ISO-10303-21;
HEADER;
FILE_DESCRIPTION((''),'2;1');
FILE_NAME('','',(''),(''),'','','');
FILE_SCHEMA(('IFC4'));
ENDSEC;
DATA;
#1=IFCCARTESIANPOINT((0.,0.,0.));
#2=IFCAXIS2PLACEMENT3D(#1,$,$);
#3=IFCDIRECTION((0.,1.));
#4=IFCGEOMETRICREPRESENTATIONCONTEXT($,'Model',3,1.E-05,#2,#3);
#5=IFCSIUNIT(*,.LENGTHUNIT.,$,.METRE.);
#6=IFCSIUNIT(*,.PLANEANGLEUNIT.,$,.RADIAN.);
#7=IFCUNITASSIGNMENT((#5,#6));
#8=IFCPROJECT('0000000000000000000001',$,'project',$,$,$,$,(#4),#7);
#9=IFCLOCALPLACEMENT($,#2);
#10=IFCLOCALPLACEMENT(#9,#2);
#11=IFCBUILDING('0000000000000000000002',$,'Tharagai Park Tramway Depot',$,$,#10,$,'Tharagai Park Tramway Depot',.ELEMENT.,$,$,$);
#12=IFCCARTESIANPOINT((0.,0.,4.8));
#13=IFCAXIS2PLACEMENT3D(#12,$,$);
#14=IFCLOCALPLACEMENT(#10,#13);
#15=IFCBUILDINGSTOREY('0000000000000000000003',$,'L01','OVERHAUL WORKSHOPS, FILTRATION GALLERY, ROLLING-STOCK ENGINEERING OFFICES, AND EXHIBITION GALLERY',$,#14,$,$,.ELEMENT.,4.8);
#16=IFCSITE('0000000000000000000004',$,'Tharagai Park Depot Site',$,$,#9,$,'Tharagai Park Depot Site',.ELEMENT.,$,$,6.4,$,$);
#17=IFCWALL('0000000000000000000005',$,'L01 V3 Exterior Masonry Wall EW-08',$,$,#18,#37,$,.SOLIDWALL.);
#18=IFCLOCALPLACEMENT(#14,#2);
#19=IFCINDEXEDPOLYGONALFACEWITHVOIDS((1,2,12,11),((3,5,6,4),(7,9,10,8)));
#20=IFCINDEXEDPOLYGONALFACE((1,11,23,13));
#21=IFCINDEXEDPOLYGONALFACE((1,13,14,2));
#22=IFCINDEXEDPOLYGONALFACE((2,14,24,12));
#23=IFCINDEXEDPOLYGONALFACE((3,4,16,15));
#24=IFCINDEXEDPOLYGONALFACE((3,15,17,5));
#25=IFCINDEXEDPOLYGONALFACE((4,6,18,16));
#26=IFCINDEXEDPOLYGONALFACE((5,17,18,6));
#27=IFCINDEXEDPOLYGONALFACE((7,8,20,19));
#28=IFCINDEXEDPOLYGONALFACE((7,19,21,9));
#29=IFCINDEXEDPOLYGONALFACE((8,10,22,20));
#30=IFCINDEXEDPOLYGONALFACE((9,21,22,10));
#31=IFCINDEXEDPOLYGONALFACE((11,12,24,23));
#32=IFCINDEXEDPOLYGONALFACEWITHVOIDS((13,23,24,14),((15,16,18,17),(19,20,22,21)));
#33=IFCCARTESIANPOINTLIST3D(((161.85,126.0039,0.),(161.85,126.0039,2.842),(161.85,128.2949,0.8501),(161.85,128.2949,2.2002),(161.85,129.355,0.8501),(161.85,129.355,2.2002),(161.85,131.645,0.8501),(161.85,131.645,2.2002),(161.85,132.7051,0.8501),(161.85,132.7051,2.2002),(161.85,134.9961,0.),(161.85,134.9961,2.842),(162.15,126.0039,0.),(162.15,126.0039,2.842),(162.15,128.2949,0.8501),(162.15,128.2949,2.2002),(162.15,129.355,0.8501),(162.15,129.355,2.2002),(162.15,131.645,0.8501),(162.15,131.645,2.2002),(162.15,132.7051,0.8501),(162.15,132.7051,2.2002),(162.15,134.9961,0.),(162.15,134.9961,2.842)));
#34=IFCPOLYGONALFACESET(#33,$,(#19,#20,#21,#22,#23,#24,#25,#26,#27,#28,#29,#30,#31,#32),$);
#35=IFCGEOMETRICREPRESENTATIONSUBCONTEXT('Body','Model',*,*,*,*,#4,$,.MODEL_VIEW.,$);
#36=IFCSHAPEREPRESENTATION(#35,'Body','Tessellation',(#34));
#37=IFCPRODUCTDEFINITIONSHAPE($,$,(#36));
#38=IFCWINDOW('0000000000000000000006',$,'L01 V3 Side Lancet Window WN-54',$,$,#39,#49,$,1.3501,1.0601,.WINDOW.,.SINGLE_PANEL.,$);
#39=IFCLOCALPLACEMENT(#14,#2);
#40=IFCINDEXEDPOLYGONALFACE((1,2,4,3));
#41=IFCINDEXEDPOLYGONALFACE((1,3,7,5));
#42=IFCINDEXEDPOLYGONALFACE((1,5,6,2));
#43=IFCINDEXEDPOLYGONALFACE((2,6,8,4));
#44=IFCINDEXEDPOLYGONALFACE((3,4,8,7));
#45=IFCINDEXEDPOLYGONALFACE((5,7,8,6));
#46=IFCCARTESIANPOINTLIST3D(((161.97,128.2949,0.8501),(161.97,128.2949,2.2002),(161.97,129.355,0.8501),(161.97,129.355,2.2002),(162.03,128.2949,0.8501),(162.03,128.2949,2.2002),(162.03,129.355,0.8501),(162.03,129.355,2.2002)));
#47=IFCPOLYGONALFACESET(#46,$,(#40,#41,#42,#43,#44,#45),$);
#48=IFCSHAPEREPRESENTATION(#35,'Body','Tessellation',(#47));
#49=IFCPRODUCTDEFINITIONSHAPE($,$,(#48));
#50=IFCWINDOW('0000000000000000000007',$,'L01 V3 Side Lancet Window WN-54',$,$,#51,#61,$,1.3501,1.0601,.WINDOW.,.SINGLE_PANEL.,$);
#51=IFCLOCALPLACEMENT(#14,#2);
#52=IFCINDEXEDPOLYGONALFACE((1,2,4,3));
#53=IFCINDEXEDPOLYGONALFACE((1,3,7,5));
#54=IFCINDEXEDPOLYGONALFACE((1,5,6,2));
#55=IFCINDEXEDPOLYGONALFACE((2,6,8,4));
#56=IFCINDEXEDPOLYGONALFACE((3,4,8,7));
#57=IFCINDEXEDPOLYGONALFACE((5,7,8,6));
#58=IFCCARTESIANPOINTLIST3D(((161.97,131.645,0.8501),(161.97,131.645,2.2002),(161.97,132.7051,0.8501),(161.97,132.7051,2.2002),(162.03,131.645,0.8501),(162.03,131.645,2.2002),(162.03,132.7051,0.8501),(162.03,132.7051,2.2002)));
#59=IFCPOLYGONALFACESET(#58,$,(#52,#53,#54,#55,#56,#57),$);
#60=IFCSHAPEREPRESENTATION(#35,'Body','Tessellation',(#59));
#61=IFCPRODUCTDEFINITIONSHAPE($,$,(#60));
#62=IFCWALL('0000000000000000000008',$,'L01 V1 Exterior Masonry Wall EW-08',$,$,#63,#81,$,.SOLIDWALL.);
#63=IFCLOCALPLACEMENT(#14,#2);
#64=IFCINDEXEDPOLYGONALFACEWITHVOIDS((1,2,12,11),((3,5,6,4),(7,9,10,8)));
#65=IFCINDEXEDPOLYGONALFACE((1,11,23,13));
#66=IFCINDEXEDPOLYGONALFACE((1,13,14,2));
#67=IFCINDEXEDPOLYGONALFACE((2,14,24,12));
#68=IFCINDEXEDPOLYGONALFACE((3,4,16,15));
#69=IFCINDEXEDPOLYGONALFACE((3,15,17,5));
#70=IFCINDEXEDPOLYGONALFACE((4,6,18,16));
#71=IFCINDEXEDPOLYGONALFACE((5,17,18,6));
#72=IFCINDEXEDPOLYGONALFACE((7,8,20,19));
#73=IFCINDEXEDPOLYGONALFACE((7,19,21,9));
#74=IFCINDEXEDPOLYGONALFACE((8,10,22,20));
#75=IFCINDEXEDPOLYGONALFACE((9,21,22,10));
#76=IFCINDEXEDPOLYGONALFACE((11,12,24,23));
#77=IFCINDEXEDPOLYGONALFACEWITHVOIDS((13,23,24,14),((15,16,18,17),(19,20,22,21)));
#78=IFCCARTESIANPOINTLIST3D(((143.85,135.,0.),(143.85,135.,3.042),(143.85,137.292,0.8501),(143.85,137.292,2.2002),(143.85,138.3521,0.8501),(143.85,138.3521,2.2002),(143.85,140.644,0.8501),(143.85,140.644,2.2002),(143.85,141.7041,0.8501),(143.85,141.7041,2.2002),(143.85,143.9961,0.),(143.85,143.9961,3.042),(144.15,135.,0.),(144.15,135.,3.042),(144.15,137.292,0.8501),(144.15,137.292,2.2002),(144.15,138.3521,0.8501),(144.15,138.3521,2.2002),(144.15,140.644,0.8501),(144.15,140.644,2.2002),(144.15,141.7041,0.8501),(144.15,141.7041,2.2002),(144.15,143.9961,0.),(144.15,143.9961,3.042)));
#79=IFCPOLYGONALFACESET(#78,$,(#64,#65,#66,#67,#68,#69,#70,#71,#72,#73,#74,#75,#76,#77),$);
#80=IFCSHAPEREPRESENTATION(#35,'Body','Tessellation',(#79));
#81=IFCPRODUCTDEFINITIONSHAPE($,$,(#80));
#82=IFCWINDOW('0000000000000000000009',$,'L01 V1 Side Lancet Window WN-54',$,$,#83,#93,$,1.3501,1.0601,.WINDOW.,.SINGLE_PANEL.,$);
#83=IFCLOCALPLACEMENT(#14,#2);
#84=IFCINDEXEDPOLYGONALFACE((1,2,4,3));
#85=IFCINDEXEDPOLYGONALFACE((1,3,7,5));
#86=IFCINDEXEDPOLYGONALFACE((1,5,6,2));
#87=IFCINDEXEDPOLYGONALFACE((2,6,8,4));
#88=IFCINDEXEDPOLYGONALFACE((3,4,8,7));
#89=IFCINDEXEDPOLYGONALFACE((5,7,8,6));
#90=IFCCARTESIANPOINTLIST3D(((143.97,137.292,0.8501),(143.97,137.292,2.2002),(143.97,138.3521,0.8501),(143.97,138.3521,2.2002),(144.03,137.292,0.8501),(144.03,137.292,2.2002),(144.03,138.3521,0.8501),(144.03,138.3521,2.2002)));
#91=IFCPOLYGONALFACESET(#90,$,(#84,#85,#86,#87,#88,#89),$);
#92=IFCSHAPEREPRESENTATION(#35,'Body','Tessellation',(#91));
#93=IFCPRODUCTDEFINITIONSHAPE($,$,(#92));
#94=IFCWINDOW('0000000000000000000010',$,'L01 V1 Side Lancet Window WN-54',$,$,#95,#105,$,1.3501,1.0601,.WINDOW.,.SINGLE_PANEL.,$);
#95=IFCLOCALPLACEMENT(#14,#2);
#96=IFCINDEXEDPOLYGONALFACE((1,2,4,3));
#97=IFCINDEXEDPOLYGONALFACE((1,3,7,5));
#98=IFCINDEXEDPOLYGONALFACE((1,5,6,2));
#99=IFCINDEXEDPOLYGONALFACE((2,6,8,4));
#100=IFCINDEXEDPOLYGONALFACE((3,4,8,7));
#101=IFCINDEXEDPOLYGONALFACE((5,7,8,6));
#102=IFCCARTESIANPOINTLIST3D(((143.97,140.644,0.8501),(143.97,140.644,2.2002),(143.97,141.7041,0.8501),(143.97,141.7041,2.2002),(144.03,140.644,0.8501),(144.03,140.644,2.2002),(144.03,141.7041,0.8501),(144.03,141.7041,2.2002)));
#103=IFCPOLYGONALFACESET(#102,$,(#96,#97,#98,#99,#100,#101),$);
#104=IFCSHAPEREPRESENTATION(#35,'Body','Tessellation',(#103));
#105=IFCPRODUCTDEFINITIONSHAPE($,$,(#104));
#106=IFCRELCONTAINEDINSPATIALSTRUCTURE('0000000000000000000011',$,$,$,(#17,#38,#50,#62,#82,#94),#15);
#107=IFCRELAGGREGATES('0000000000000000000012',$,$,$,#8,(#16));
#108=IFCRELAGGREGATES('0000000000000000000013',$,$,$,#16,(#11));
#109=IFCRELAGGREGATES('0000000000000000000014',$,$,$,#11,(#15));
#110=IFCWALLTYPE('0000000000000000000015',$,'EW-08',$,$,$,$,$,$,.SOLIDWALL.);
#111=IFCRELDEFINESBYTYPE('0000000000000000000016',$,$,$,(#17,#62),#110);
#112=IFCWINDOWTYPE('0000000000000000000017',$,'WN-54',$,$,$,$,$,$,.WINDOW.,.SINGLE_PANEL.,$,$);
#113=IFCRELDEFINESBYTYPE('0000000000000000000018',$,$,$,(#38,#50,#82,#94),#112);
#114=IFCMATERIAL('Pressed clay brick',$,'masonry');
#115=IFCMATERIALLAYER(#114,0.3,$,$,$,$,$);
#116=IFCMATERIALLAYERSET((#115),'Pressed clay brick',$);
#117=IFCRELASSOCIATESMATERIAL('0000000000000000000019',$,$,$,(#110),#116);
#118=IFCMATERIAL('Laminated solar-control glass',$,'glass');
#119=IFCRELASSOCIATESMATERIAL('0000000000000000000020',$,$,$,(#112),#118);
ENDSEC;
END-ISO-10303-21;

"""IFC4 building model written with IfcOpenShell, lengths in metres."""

from ifc_helpers import new_model, si_unit, direction, frame, frame_2d, origin, place, context, subcontext, project, spatial, rectangle, extrude, material, layer, layer_set, type_object, element, fill, save


model = new_model("IFC4")

# Units and contexts
model_context = context("Model", 3, precision=1e-05, world=origin(), true_north=direction((0.0, 1.0)))
body_context = subcontext(model_context, "Body", "Model", "MODEL_VIEW")
ifc_project = project(units=[si_unit("LENGTHUNIT", "METRE"), si_unit("PLANEANGLEUNIT", "RADIAN")], contexts=[model_context])

# Site, building, storey
site_placement = place(None, origin())
site = spatial("IfcSite", under=ifc_project, at=site_placement, Name="Tharagai Park Depot Site", LongName="Tharagai Park Depot Site", CompositionType="ELEMENT", RefElevation=6.4)
building_placement = place(site_placement, origin())
building = spatial("IfcBuilding", under=site, at=building_placement, Name="Tharagai Park Tramway Depot", LongName="Tharagai Park Tramway Depot", CompositionType="ELEMENT")
storey_placement = place(building_placement, frame((0.0, 0.0, 4.8)))
storey = spatial("IfcBuildingStorey", under=building, at=storey_placement, Name="L01", Description="OVERHAUL WORKSHOPS, FILTRATION GALLERY, ROLLING-STOCK ENGINEERING OFFICES, AND EXHIBITION GALLERY", CompositionType="ELEMENT", Elevation=4.8)

# Walls, openings, windows
ifc_material_1 = material(Name="Pressed clay brick", Category="masonry")
ifc_layer = layer(ifc_material_1, 0.3)
ifc_layer_set = layer_set([ifc_layer], Name="Pressed clay brick")
wall_type = type_object("IfcWallType", Name="EW-08", PredefinedType="SOLIDWALL", material=ifc_layer_set)
ifc_material_2 = material(Name="Laminated solar-control glass", Category="glass")
wall_1_placement = place(storey_placement, frame((162.0, 126.0039, 0.0), z_axis=(0.0, 0.0, 1.0), x_axis=(0.0, 1.0, 0.0)))
wall_1 = element("IfcWall", 1, at=wall_1_placement, inside=storey, type_object=wall_type, Name="L01 V3 Exterior Masonry Wall EW-08", PredefinedType="SOLIDWALL", context=body_context, shape_type="SweptSolid", body=[
    extrude(rectangle(XDim=8.9922, YDim=0.3, at=frame_2d((4.4961, 0.0))), origin(), (0.0, 0.0, 1.0), 2.842),
])
opening_1_placement = place(wall_1_placement, frame((2.291, 0.0, 0.8501)))
opening_1 = element("IfcOpeningElement", 2, at=opening_1_placement, cuts=wall_1, PredefinedType="OPENING", context=body_context, shape_type="SweptSolid", body=[
    extrude(rectangle(XDim=1.0601, YDim=1.3501, at=frame_2d((0.53, 0.675))), frame((0.0, 0.1599, 0.0), z_axis=(0.0, -1.0, 0.0), x_axis=(1.0, 0.0, 0.0)), (0.0, 0.0, 1.0), 0.3201),
])
opening_2_placement = place(wall_1_placement, frame((5.6411, 0.0, 0.8501)))
opening_2 = element("IfcOpeningElement", 3, at=opening_2_placement, cuts=wall_1, PredefinedType="OPENING", context=body_context, shape_type="SweptSolid", body=[
    extrude(rectangle(XDim=1.0601, YDim=1.3501, at=frame_2d((0.53, 0.675))), frame((0.0, 0.1599, 0.0), z_axis=(0.0, -1.0, 0.0), x_axis=(1.0, 0.0, 0.0)), (0.0, 0.0, 1.0), 0.3201),
])
window_type_1 = type_object("IfcWindowType", Name="WN-54", PartitioningType="SINGLE_PANEL", PredefinedType="WINDOW", material=ifc_material_2)
window_1_placement = place(opening_1_placement, origin())
window_1 = element("IfcWindow", 4, at=window_1_placement, inside=storey, type_object=window_type_1, Name="L01 V3 Side Lancet Window WN-54", OverallHeight=1.3501, OverallWidth=1.0601, PartitioningType="SINGLE_PANEL", PredefinedType="WINDOW", context=body_context, shape_type="SweptSolid", body=[
    extrude(rectangle(XDim=1.0601, YDim=1.3501, at=frame_2d((0.53, 0.675))), frame((0.0, 0.03, 0.0), z_axis=(0.0, -1.0, 0.0), x_axis=(1.0, 0.0, 0.0)), (0.0, 0.0, 1.0), 0.0601),
])
fill(opening_1, window_1)
window_2_placement = place(opening_2_placement, origin())
window_2 = element("IfcWindow", 5, at=window_2_placement, inside=storey, type_object=window_type_1, Name="L01 V3 Side Lancet Window WN-54", OverallHeight=1.3501, OverallWidth=1.0601, PartitioningType="SINGLE_PANEL", PredefinedType="WINDOW", context=body_context, shape_type="SweptSolid", body=[
    extrude(rectangle(XDim=1.0601, YDim=1.3501, at=frame_2d((0.53, 0.675))), frame((0.0, 0.03, 0.0), z_axis=(0.0, -1.0, 0.0), x_axis=(1.0, 0.0, 0.0)), (0.0, 0.0, 1.0), 0.0601),
])
fill(opening_2, window_2)
wall_2_placement = place(storey_placement, frame((144.0, 135.0, 0.0), z_axis=(0.0, 0.0, 1.0), x_axis=(0.0, 1.0, 0.0)))
wall_2 = element("IfcWall", 6, at=wall_2_placement, inside=storey, type_object=wall_type, Name="L01 V1 Exterior Masonry Wall EW-08", PredefinedType="SOLIDWALL", context=body_context, shape_type="SweptSolid", body=[
    extrude(rectangle(XDim=8.9961, YDim=0.3, at=frame_2d((4.498, 0.0))), origin(), (0.0, 0.0, 1.0), 3.042),
])
opening_3_placement = place(wall_2_placement, frame((2.292, 0.0, 0.8501)))
opening_3 = element("IfcOpeningElement", 7, at=opening_3_placement, cuts=wall_2, PredefinedType="OPENING", context=body_context, shape_type="SweptSolid", body=[
    extrude(rectangle(XDim=1.0601, YDim=1.3501, at=frame_2d((0.53, 0.675))), frame((0.0, 0.1599, 0.0), z_axis=(0.0, -1.0, 0.0), x_axis=(1.0, 0.0, 0.0)), (0.0, 0.0, 1.0), 0.3201),
])
opening_4_placement = place(wall_2_placement, frame((5.644, 0.0, 0.8501)))
opening_4 = element("IfcOpeningElement", 8, at=opening_4_placement, cuts=wall_2, PredefinedType="OPENING", context=body_context, shape_type="SweptSolid", body=[
    extrude(rectangle(XDim=1.0601, YDim=1.3501, at=frame_2d((0.53, 0.675))), frame((0.0, 0.1599, 0.0), z_axis=(0.0, -1.0, 0.0), x_axis=(1.0, 0.0, 0.0)), (0.0, 0.0, 1.0), 0.3201),
])
window_3_placement = place(opening_3_placement, origin())
window_3 = element("IfcWindow", 9, at=window_3_placement, inside=storey, type_object=window_type_1, Name="L01 V1 Side Lancet Window WN-54", OverallHeight=1.3501, OverallWidth=1.0601, PartitioningType="SINGLE_PANEL", PredefinedType="WINDOW", context=body_context, shape_type="SweptSolid", body=[
    extrude(rectangle(XDim=1.0601, YDim=1.3501, at=frame_2d((0.53, 0.675))), frame((0.0, 0.03, 0.0), z_axis=(0.0, -1.0, 0.0), x_axis=(1.0, 0.0, 0.0)), (0.0, 0.0, 1.0), 0.0601),
])
fill(opening_3, window_3)
window_4_placement = place(opening_4_placement, origin())
window_4 = element("IfcWindow", 10, at=window_4_placement, inside=storey, type_object=window_type_1, Name="L01 V1 Side Lancet Window WN-54", OverallHeight=1.3501, OverallWidth=1.0601, PartitioningType="SINGLE_PANEL", PredefinedType="WINDOW", context=body_context, shape_type="SweptSolid", body=[
    extrude(rectangle(XDim=1.0601, YDim=1.3501, at=frame_2d((0.53, 0.675))), frame((0.0, 0.03, 0.0), z_axis=(0.0, -1.0, 0.0), x_axis=(1.0, 0.0, 0.0)), (0.0, 0.0, 1.0), 0.0601),
])
fill(opening_4, window_4)

save(model, "model.ifc")
